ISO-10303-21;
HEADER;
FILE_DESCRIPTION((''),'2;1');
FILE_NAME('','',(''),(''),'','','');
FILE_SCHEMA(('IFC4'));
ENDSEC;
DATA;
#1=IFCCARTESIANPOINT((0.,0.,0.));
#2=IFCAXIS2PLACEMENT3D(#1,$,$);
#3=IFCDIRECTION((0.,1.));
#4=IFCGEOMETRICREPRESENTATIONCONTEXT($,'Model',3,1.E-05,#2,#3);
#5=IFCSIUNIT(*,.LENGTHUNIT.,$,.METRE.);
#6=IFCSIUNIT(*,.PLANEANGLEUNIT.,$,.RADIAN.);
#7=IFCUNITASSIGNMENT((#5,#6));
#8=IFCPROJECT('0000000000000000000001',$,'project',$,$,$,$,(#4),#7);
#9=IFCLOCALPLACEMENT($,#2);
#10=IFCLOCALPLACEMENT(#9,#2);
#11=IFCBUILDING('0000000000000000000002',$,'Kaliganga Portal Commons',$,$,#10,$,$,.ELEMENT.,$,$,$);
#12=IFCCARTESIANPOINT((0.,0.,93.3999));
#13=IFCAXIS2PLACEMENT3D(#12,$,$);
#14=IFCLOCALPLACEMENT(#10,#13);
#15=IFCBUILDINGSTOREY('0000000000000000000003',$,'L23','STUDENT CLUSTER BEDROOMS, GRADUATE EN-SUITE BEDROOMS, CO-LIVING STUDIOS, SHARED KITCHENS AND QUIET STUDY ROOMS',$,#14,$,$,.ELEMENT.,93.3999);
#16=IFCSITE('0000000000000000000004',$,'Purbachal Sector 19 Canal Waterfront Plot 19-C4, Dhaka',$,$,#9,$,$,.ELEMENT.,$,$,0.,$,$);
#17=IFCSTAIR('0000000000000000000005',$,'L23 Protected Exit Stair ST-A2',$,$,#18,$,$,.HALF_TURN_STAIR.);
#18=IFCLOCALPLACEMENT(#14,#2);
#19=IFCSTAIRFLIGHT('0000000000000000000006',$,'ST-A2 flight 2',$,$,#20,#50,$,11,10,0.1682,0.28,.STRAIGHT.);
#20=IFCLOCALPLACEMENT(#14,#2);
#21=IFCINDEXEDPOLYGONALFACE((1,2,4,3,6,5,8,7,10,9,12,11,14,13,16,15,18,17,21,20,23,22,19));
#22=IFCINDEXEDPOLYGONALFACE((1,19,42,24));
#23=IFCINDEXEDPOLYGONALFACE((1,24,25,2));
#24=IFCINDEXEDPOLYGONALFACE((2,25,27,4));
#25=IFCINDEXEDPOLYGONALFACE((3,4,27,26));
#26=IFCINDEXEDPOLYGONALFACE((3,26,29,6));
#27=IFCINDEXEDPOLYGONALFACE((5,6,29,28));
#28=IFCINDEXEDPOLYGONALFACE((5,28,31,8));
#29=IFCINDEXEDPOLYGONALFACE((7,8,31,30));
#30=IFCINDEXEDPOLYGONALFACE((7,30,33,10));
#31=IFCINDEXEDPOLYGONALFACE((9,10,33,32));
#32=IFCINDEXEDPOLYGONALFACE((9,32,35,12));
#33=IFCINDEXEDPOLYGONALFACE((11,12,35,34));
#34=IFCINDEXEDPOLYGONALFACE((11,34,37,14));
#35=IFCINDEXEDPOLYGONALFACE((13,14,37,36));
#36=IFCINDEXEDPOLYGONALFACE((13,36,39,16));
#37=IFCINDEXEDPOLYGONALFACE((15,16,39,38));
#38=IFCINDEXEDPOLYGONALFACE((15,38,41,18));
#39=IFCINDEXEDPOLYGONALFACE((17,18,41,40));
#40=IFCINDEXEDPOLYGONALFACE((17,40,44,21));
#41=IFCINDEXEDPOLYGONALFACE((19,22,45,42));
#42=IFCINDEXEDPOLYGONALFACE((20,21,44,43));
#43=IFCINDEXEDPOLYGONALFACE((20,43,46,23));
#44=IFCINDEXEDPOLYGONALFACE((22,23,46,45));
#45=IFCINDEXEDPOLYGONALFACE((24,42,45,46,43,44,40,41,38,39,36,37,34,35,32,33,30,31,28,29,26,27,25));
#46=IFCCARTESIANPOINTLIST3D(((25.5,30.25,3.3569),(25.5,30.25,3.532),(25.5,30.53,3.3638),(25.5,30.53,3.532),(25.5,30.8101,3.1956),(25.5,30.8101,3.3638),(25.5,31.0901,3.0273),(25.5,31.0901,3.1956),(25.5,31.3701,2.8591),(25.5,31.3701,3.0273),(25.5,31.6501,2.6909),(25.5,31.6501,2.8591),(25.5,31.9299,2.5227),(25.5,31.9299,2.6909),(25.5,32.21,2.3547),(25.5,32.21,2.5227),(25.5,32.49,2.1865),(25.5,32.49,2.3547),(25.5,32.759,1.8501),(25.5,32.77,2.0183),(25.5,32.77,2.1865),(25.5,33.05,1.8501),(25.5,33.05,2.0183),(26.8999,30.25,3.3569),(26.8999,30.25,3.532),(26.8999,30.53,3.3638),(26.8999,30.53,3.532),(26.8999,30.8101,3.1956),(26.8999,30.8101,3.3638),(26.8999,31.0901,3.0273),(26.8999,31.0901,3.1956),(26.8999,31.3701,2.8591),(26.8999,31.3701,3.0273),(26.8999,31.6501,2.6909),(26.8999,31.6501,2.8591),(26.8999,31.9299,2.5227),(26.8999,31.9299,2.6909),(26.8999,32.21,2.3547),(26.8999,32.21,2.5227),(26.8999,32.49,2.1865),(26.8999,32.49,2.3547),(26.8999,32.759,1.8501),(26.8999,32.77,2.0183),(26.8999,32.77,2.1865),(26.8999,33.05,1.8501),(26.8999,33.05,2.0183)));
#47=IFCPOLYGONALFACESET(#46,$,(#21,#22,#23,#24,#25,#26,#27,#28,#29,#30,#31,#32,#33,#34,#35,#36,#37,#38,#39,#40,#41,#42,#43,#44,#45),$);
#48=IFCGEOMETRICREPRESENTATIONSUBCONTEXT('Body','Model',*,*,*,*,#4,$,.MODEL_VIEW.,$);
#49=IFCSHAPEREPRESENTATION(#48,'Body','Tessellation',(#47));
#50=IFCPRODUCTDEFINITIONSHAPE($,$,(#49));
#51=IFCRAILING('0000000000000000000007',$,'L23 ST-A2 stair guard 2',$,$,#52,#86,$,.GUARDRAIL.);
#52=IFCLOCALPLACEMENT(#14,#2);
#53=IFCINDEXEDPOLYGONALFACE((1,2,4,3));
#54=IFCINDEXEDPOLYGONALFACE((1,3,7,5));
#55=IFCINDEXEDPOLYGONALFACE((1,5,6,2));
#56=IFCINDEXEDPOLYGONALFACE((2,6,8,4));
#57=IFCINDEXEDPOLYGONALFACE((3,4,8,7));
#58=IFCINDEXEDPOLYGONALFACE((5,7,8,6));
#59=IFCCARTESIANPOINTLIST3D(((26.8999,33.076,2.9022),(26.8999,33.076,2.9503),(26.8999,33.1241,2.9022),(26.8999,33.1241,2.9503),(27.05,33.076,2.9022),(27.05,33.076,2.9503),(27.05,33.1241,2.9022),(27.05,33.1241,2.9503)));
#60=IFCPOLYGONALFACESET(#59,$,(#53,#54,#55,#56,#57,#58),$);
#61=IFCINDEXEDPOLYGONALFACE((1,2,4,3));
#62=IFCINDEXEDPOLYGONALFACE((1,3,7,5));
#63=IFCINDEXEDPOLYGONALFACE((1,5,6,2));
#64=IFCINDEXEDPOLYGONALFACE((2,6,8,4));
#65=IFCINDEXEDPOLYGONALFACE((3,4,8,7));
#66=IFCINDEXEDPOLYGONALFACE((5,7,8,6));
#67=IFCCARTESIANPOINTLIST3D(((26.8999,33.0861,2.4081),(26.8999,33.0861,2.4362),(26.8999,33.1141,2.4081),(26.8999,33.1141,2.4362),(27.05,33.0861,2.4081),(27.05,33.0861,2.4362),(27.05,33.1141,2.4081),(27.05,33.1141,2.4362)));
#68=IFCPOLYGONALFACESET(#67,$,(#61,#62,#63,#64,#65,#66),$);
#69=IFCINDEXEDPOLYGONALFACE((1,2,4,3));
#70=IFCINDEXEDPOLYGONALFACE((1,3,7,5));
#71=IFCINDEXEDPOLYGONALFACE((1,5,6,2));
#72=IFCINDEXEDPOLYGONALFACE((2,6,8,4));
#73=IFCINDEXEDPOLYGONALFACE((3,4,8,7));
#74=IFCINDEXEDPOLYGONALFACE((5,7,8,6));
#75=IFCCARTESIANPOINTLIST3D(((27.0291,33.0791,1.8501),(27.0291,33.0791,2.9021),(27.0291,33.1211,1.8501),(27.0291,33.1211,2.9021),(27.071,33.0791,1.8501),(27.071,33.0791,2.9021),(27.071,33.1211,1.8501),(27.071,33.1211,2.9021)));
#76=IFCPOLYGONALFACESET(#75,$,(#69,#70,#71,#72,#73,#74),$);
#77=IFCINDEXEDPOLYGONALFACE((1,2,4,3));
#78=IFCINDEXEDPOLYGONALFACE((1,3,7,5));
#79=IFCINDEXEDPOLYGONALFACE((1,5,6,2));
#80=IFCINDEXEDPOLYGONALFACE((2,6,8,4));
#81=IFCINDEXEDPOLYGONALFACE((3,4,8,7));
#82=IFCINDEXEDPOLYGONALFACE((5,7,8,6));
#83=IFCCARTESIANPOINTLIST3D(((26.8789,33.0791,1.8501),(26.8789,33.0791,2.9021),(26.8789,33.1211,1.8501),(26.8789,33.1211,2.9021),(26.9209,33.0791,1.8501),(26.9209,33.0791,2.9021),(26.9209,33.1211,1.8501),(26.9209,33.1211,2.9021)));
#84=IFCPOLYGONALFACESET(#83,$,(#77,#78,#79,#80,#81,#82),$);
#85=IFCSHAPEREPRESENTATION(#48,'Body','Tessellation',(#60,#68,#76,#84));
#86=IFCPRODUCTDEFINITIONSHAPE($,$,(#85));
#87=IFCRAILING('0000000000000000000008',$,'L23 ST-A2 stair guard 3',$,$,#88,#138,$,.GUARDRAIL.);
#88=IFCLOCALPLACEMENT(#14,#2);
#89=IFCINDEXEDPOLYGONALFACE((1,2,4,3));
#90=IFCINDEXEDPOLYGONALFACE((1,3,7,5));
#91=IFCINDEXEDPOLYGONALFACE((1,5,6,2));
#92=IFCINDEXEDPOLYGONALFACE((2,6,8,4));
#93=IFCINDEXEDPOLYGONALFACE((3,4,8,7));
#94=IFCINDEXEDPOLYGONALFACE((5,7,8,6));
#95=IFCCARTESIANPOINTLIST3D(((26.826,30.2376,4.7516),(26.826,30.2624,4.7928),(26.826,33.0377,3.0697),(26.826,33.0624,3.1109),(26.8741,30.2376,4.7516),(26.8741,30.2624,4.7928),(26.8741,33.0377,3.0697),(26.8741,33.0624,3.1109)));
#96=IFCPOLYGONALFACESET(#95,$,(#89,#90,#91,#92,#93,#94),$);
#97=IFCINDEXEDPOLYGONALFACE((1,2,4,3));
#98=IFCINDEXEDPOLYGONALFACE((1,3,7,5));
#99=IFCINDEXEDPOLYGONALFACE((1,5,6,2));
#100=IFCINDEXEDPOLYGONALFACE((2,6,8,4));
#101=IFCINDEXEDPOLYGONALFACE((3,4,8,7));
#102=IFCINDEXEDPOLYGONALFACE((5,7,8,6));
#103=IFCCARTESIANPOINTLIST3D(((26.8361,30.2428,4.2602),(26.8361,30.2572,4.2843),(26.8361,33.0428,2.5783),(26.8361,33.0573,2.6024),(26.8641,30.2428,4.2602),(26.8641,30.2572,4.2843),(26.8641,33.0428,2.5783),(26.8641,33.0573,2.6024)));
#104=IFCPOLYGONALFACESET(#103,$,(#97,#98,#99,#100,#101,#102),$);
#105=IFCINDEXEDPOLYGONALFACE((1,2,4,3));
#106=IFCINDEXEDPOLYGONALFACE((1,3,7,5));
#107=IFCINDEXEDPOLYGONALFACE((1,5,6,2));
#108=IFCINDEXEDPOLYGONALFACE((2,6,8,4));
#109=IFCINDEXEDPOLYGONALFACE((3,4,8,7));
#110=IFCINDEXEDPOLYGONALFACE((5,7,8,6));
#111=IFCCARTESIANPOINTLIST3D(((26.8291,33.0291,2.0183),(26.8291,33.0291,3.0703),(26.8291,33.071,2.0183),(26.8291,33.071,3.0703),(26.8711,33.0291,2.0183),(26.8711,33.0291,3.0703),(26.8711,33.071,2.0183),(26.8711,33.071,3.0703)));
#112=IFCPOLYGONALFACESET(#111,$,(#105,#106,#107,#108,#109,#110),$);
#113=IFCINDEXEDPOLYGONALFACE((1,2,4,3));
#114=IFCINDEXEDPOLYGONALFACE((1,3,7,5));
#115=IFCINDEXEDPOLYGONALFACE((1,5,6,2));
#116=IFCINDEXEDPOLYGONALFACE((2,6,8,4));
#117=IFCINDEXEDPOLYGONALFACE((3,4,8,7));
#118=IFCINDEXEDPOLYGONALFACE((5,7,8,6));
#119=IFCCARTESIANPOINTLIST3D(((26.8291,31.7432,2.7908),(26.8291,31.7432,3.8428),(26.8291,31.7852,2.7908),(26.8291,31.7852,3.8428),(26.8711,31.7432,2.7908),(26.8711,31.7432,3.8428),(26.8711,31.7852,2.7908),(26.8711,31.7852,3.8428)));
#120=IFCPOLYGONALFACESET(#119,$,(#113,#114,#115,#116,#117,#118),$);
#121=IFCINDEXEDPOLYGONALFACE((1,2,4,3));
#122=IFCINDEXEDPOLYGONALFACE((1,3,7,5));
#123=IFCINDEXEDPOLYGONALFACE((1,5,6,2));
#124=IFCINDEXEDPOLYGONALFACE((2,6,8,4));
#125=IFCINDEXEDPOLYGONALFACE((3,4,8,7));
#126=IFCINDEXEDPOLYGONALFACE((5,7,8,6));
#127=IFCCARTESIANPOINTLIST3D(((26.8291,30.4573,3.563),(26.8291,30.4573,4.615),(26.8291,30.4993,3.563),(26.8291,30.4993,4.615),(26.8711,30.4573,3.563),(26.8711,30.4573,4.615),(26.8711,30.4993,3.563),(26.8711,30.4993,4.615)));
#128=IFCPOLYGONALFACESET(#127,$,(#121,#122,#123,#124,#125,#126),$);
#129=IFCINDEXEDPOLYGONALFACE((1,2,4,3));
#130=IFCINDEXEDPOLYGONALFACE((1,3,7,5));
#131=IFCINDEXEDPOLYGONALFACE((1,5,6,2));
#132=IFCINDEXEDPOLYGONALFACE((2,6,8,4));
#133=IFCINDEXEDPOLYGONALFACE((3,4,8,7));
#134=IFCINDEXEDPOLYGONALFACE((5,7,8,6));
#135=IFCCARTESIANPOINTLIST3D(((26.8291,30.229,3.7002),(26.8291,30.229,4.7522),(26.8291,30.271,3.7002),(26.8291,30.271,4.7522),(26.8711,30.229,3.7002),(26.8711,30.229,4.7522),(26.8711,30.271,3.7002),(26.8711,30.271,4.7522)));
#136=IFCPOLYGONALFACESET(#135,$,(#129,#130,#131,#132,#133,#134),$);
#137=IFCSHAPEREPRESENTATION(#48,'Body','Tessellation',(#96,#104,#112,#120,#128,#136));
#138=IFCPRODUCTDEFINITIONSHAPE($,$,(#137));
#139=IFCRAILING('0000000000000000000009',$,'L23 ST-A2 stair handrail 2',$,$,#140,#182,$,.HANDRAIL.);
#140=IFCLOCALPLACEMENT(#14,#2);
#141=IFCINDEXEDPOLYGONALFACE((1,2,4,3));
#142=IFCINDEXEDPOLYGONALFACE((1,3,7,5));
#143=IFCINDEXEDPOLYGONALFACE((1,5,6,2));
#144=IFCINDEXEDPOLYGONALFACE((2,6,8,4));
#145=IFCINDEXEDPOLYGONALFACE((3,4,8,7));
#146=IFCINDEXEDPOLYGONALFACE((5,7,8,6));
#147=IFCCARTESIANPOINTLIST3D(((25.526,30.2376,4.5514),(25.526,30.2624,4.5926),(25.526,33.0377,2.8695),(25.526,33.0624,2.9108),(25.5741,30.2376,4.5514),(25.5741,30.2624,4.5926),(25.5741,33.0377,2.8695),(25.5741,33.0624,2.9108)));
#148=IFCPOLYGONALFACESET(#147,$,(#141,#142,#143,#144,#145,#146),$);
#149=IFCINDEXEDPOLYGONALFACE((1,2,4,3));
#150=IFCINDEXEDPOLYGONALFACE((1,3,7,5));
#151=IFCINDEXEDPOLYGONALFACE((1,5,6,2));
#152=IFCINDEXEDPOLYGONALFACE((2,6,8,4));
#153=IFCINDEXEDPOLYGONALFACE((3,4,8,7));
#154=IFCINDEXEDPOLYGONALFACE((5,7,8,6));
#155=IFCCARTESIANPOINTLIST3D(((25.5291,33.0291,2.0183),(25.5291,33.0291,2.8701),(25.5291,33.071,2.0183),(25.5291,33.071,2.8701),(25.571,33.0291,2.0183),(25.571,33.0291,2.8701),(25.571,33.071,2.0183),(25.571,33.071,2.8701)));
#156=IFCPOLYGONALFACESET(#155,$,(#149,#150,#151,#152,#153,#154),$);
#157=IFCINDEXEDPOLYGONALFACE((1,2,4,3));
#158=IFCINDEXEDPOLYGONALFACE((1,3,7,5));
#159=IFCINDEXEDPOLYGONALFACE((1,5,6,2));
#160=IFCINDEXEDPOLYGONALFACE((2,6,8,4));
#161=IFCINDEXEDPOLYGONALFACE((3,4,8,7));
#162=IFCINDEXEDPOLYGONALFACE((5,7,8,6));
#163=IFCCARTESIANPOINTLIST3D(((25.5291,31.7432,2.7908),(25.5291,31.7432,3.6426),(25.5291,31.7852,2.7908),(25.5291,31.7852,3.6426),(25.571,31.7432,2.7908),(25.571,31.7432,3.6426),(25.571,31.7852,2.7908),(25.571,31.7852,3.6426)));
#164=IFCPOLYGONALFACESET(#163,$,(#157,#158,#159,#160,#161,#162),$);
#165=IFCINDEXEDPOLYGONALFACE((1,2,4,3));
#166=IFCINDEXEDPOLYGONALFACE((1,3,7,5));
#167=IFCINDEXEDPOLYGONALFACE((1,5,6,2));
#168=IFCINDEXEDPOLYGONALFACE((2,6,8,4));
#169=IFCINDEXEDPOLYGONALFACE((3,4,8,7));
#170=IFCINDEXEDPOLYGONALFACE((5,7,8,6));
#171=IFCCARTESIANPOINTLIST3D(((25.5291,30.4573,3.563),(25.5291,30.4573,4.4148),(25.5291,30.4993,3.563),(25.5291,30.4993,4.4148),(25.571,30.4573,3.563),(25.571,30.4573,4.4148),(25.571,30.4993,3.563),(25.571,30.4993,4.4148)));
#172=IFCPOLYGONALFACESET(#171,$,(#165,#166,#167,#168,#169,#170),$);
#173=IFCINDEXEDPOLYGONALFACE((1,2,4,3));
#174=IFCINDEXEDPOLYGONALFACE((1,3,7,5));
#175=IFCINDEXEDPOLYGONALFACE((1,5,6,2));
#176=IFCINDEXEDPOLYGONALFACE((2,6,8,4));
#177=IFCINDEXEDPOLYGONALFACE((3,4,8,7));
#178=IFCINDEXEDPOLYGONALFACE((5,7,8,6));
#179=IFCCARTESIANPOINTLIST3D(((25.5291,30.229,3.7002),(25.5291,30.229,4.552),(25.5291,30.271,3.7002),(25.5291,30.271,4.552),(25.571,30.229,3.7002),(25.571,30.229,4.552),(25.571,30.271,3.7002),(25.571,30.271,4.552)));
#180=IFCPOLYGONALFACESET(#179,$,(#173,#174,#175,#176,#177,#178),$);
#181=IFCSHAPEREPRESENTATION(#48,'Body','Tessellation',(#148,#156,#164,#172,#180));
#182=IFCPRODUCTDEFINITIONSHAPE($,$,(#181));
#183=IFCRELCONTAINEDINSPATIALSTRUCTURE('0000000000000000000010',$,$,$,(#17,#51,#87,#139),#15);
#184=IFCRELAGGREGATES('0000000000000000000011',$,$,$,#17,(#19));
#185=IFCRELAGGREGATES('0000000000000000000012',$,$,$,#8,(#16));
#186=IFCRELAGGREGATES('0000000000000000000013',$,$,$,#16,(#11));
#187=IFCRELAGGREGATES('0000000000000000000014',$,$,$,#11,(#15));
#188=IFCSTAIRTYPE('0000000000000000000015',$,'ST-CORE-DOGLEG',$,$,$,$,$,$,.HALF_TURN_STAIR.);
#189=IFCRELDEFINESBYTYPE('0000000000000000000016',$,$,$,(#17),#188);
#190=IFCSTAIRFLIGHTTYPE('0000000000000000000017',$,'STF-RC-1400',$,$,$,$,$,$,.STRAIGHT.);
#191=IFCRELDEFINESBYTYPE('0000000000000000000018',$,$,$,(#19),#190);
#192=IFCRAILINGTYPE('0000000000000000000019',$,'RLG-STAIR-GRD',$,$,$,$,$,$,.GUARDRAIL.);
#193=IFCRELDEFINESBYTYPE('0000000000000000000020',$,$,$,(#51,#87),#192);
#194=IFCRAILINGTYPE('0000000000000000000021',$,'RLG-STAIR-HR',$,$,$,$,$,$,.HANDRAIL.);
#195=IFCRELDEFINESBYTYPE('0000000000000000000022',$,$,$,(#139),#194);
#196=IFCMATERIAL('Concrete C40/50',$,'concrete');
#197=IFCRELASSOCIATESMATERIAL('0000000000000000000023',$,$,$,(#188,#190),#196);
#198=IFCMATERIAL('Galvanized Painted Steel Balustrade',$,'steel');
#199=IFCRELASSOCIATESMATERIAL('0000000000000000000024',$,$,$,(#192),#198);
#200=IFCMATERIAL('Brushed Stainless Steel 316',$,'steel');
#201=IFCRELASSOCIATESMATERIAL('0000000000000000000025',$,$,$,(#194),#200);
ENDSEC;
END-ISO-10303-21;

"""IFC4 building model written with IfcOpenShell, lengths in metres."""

from ifc_helpers import new_model, si_unit, direction, frame, origin, origin_2d, place, context, subcontext, project, spatial, polyline, rectangle, outline, extrude, material, type_object, element, aggregate, save


model = new_model("IFC4")

# Units and contexts
model_context = context("Model", 3, precision=1e-05, world=origin(), true_north=direction((0.0, 1.0)))
body_context = subcontext(model_context, "Body", "Model", "MODEL_VIEW")
ifc_project = project(units=[si_unit("LENGTHUNIT", "METRE"), si_unit("PLANEANGLEUNIT", "RADIAN")], contexts=[model_context])

# Site, building, storey
site_placement = place(None, origin())
site = spatial("IfcSite", under=ifc_project, at=site_placement, Name="Purbachal Sector 19 Canal Waterfront Plot 19-C4, Dhaka", CompositionType="ELEMENT", RefElevation=0.0)
building_placement = place(site_placement, origin())
building = spatial("IfcBuilding", under=site, at=building_placement, Name="Kaliganga Portal Commons", CompositionType="ELEMENT")
storey_placement = place(building_placement, frame((0.0, 0.0, 93.3999)))
storey = spatial("IfcBuildingStorey", under=building, at=storey_placement, Name="L23", Description="STUDENT CLUSTER BEDROOMS, GRADUATE EN-SUITE BEDROOMS, CO-LIVING STUDIOS, SHARED KITCHENS AND QUIET STUDY ROOMS", CompositionType="ELEMENT", Elevation=93.3999)

# Stair, stair flight
ifc_material_1 = material(Name="Concrete C40/50", Category="concrete")
stair_type = type_object("IfcStairType", Name="ST-CORE-DOGLEG", PredefinedType="HALF_TURN_STAIR", material=ifc_material_1)
stair_placement = place(storey_placement, origin())
stair = element("IfcStair", 1, at=stair_placement, inside=storey, type_object=stair_type, Name="L23 Protected Exit Stair ST-A2", PredefinedType="HALF_TURN_STAIR")
stair_flight_type = type_object("IfcStairFlightType", Name="STF-RC-1400", PredefinedType="STRAIGHT", material=ifc_material_1)
stair_flight_placement = place(storey_placement, frame((26.2, 33.05, 1.8501), z_axis=(0.0, 0.0, 1.0), x_axis=(0.0, -1.0, 0.0)))
stair_flight = element("IfcStairFlight", 2, at=stair_flight_placement, type_object=stair_flight_type, Name="ST-A2 flight 2", NumberOfRisers=11, NumberOfTreads=10, PredefinedType="STRAIGHT", RiserHeight=0.1682, TreadLength=0.28, context=body_context, shape_type="SweptSolid", body=[
    extrude(outline(polyline([(0.0, 0.0), (0.0, 0.1682), (0.28, 0.1682), (0.28, 0.3364), (0.5601, 0.3364), (0.5601, 0.5046), (0.8401, 0.5046), (0.8401, 0.6726), (1.1201, 0.6726), (1.1201, 0.8408), (1.3999, 0.8408), (1.3999, 1.009), (1.6799, 1.009), (1.6799, 1.1772), (1.96, 1.1772), (1.96, 1.3455), (2.24, 1.3455), (2.24, 1.5137), (2.52, 1.5137), (2.52, 1.6819), (2.8, 1.6819), (2.8, 1.8501), (2.8, 1.5068), (0.291, 0.0), (0.0, 0.0)])), frame((0.0, 0.7, 0.0), z_axis=(0.0, -1.0, 0.0), x_axis=(1.0, 0.0, 0.0)), (0.0, 0.0, 1.0), 1.3999),
])
aggregate(stair, [stair_flight])

# Railings
ifc_material_2 = material(Name="Galvanized Painted Steel Balustrade", Category="steel")
railing_type_1 = type_object("IfcRailingType", Name="RLG-STAIR-GRD", PredefinedType="GUARDRAIL", material=ifc_material_2)
railing_1_placement = place(storey_placement, frame((27.05, 33.1001, 1.8501)))
element("IfcRailing", 3, at=railing_1_placement, inside=storey, type_object=railing_type_1, Name="L23 ST-A2 stair guard 2", PredefinedType="GUARDRAIL", context=body_context, shape_type="SweptSolid", body=[
    extrude(rectangle(XDim=0.0481, YDim=0.0481, at=origin_2d()), frame((0.0, 0.0, 1.0762), z_axis=(-1.0, 0.0, 0.0), x_axis=(0.0, -1.0, 0.0)), (0.0, 0.0, 1.0), 0.1501),
    extrude(rectangle(XDim=0.0281, YDim=0.0281, at=origin_2d()), frame((0.0, 0.0, 0.572), z_axis=(-1.0, 0.0, 0.0), x_axis=(0.0, -1.0, 0.0)), (0.0, 0.0, 1.0), 0.1501),
    extrude(rectangle(XDim=0.042, YDim=0.042, at=origin_2d()), origin(), (0.0, 0.0, 1.0), 1.052),
    extrude(rectangle(XDim=0.042, YDim=0.042, at=origin_2d()), frame((-0.1501, 0.0, 0.0)), (0.0, 0.0, 1.0), 1.052),
])
railing_2_placement = place(storey_placement, frame((26.8501, 33.05, 2.0183)))
element("IfcRailing", 4, at=railing_2_placement, inside=storey, type_object=railing_type_1, Name="L23 ST-A2 stair guard 3", PredefinedType="GUARDRAIL", context=body_context, shape_type="SweptSolid", body=[
    extrude(rectangle(XDim=0.0481, YDim=0.0481, at=origin_2d()), frame((0.0, 0.0, 1.072), z_axis=(0.0, -0.857242, 0.514913), x_axis=(1.0, 0.0, 0.0)), (0.0, 0.0, 1.0), 3.2664),
    extrude(rectangle(XDim=0.0281, YDim=0.0281, at=origin_2d()), frame((0.0, 0.0, 0.572), z_axis=(0.0, -0.857242, 0.514913), x_axis=(1.0, 0.0, 0.0)), (0.0, 0.0, 1.0), 3.2664),
    extrude(rectangle(XDim=0.042, YDim=0.042, at=origin_2d()), origin(), (0.0, 0.0, 1.0), 1.052),
    extrude(rectangle(XDim=0.042, YDim=0.042, at=origin_2d()), frame((0.0, -1.2859, 0.7725)), (0.0, 0.0, 1.0), 1.052),
    extrude(rectangle(XDim=0.042, YDim=0.042, at=origin_2d()), frame((0.0, -2.5718, 1.5447)), (0.0, 0.0, 1.0), 1.052),
    extrude(rectangle(XDim=0.042, YDim=0.042, at=origin_2d()), frame((0.0, -2.8, 1.6819)), (0.0, 0.0, 1.0), 1.052),
])
ifc_material_3 = material(Name="Brushed Stainless Steel 316", Category="steel")
railing_type_2 = type_object("IfcRailingType", Name="RLG-STAIR-HR", PredefinedType="HANDRAIL", material=ifc_material_3)
railing_3_placement = place(storey_placement, frame((25.55, 33.05, 2.0183)))
element("IfcRailing", 5, at=railing_3_placement, inside=storey, type_object=railing_type_2, Name="L23 ST-A2 stair handrail 2", PredefinedType="HANDRAIL", context=body_context, shape_type="SweptSolid", body=[
    extrude(rectangle(XDim=0.0481, YDim=0.0481, at=origin_2d()), frame((0.0, 0.0, 0.8718), z_axis=(0.0, -0.857242, 0.514913), x_axis=(1.0, 0.0, 0.0)), (0.0, 0.0, 1.0), 3.2664),
    extrude(rectangle(XDim=0.042, YDim=0.042, at=origin_2d()), origin(), (0.0, 0.0, 1.0), 0.8518),
    extrude(rectangle(XDim=0.042, YDim=0.042, at=origin_2d()), frame((0.0, -1.2859, 0.7725)), (0.0, 0.0, 1.0), 0.8518),
    extrude(rectangle(XDim=0.042, YDim=0.042, at=origin_2d()), frame((0.0, -2.5718, 1.5447)), (0.0, 0.0, 1.0), 0.8518),
    extrude(rectangle(XDim=0.042, YDim=0.042, at=origin_2d()), frame((0.0, -2.8, 1.6819)), (0.0, 0.0, 1.0), 0.8518),
])

save(model, "model.ifc")
